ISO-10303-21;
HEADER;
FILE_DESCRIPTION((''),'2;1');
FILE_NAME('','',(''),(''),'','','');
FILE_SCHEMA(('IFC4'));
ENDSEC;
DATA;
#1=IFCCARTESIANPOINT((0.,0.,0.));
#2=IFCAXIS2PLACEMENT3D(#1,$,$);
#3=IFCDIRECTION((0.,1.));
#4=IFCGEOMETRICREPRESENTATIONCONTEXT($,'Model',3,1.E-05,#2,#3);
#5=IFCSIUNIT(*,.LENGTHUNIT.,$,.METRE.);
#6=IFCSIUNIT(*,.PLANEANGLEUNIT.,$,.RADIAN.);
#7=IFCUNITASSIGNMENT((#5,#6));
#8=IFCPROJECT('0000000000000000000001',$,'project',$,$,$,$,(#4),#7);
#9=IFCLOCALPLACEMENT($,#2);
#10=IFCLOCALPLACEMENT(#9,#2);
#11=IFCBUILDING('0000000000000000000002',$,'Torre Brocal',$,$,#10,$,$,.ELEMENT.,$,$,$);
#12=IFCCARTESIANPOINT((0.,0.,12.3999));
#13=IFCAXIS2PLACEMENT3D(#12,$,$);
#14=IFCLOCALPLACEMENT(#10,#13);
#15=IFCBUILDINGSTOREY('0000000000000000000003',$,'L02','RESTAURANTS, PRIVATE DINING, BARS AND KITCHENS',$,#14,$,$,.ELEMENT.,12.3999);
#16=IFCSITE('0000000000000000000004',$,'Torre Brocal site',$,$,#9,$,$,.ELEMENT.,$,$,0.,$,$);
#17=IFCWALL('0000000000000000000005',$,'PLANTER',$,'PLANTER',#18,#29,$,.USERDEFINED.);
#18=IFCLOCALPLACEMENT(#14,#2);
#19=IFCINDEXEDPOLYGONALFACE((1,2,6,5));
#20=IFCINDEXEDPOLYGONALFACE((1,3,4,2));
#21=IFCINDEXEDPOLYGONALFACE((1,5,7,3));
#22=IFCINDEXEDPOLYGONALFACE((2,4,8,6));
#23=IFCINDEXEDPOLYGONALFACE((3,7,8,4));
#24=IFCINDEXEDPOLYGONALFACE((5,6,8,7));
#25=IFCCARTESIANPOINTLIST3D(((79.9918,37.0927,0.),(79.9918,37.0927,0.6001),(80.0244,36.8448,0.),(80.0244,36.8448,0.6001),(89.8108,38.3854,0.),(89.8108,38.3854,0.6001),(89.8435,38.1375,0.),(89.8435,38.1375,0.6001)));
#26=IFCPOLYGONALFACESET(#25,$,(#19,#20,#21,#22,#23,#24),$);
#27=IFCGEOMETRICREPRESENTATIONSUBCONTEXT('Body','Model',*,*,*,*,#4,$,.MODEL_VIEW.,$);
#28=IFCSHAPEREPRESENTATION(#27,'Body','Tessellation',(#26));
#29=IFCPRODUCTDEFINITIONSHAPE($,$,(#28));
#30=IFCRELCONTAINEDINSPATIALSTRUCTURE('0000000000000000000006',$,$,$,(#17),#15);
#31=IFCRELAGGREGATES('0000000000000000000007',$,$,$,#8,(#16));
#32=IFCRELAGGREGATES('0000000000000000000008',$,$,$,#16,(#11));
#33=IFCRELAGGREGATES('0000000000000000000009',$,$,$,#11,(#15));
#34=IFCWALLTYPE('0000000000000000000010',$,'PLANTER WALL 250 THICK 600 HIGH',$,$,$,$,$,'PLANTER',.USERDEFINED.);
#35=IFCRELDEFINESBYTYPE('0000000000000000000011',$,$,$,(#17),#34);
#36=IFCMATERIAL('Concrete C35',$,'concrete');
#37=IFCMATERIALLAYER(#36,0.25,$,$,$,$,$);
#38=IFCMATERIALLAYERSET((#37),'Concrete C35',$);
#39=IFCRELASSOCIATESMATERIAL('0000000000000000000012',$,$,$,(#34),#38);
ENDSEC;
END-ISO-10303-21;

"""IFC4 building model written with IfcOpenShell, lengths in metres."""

from ifc_helpers import new_model, si_unit, direction, frame, frame_2d, origin, place, context, subcontext, project, spatial, rectangle, extrude, material, layer, layer_set, type_object, element, save


model = new_model("IFC4")

# Units and contexts
model_context = context("Model", 3, precision=1e-05, world=origin(), true_north=direction((0.0, 1.0)))
body_context = subcontext(model_context, "Body", "Model", "MODEL_VIEW")
ifc_project = project(units=[si_unit("LENGTHUNIT", "METRE"), si_unit("PLANEANGLEUNIT", "RADIAN")], contexts=[model_context])

# Site, building, storey
site_placement = place(None, origin())
site = spatial("IfcSite", under=ifc_project, at=site_placement, Name="Torre Brocal site", CompositionType="ELEMENT", RefElevation=0.0)
building_placement = place(site_placement, origin())
building = spatial("IfcBuilding", under=site, at=building_placement, Name="Torre Brocal", CompositionType="ELEMENT")
storey_placement = place(building_placement, frame((0.0, 0.0, 12.3999)))
storey = spatial("IfcBuildingStorey", under=building, at=storey_placement, Name="L02", Description="RESTAURANTS, PRIVATE DINING, BARS AND KITCHENS", CompositionType="ELEMENT", Elevation=12.3999)

# Wall
ifc_material_1 = material(Name="Concrete C35", Category="concrete")
ifc_layer_1 = layer(ifc_material_1, 0.25)
ifc_layer_set_1 = layer_set([ifc_layer_1], Name="Concrete C35")
wall_type_1 = type_object("IfcWallType", Name="PLANTER WALL 250 THICK 600 HIGH", ElementType="PLANTER", PredefinedType="USERDEFINED", material=ifc_layer_set_1)
wall_1_placement = place(storey_placement, frame((89.8271, 38.2615, 0.0), z_axis=(0.0, 0.0, 1.0), x_axis=(-0.991445, -0.130528, 0.0)))
element("IfcWall", 1, at=wall_1_placement, inside=storey, type_object=wall_type_1, Name="PLANTER", ObjectType="PLANTER", PredefinedType="USERDEFINED", context=body_context, shape_type="SweptSolid", body=[
    extrude(rectangle(XDim=9.9038, YDim=0.25, at=frame_2d((4.9519, 0.0))), origin(), (0.0, 0.0, 1.0), 0.6001),
])

save(model, "model.ifc")
